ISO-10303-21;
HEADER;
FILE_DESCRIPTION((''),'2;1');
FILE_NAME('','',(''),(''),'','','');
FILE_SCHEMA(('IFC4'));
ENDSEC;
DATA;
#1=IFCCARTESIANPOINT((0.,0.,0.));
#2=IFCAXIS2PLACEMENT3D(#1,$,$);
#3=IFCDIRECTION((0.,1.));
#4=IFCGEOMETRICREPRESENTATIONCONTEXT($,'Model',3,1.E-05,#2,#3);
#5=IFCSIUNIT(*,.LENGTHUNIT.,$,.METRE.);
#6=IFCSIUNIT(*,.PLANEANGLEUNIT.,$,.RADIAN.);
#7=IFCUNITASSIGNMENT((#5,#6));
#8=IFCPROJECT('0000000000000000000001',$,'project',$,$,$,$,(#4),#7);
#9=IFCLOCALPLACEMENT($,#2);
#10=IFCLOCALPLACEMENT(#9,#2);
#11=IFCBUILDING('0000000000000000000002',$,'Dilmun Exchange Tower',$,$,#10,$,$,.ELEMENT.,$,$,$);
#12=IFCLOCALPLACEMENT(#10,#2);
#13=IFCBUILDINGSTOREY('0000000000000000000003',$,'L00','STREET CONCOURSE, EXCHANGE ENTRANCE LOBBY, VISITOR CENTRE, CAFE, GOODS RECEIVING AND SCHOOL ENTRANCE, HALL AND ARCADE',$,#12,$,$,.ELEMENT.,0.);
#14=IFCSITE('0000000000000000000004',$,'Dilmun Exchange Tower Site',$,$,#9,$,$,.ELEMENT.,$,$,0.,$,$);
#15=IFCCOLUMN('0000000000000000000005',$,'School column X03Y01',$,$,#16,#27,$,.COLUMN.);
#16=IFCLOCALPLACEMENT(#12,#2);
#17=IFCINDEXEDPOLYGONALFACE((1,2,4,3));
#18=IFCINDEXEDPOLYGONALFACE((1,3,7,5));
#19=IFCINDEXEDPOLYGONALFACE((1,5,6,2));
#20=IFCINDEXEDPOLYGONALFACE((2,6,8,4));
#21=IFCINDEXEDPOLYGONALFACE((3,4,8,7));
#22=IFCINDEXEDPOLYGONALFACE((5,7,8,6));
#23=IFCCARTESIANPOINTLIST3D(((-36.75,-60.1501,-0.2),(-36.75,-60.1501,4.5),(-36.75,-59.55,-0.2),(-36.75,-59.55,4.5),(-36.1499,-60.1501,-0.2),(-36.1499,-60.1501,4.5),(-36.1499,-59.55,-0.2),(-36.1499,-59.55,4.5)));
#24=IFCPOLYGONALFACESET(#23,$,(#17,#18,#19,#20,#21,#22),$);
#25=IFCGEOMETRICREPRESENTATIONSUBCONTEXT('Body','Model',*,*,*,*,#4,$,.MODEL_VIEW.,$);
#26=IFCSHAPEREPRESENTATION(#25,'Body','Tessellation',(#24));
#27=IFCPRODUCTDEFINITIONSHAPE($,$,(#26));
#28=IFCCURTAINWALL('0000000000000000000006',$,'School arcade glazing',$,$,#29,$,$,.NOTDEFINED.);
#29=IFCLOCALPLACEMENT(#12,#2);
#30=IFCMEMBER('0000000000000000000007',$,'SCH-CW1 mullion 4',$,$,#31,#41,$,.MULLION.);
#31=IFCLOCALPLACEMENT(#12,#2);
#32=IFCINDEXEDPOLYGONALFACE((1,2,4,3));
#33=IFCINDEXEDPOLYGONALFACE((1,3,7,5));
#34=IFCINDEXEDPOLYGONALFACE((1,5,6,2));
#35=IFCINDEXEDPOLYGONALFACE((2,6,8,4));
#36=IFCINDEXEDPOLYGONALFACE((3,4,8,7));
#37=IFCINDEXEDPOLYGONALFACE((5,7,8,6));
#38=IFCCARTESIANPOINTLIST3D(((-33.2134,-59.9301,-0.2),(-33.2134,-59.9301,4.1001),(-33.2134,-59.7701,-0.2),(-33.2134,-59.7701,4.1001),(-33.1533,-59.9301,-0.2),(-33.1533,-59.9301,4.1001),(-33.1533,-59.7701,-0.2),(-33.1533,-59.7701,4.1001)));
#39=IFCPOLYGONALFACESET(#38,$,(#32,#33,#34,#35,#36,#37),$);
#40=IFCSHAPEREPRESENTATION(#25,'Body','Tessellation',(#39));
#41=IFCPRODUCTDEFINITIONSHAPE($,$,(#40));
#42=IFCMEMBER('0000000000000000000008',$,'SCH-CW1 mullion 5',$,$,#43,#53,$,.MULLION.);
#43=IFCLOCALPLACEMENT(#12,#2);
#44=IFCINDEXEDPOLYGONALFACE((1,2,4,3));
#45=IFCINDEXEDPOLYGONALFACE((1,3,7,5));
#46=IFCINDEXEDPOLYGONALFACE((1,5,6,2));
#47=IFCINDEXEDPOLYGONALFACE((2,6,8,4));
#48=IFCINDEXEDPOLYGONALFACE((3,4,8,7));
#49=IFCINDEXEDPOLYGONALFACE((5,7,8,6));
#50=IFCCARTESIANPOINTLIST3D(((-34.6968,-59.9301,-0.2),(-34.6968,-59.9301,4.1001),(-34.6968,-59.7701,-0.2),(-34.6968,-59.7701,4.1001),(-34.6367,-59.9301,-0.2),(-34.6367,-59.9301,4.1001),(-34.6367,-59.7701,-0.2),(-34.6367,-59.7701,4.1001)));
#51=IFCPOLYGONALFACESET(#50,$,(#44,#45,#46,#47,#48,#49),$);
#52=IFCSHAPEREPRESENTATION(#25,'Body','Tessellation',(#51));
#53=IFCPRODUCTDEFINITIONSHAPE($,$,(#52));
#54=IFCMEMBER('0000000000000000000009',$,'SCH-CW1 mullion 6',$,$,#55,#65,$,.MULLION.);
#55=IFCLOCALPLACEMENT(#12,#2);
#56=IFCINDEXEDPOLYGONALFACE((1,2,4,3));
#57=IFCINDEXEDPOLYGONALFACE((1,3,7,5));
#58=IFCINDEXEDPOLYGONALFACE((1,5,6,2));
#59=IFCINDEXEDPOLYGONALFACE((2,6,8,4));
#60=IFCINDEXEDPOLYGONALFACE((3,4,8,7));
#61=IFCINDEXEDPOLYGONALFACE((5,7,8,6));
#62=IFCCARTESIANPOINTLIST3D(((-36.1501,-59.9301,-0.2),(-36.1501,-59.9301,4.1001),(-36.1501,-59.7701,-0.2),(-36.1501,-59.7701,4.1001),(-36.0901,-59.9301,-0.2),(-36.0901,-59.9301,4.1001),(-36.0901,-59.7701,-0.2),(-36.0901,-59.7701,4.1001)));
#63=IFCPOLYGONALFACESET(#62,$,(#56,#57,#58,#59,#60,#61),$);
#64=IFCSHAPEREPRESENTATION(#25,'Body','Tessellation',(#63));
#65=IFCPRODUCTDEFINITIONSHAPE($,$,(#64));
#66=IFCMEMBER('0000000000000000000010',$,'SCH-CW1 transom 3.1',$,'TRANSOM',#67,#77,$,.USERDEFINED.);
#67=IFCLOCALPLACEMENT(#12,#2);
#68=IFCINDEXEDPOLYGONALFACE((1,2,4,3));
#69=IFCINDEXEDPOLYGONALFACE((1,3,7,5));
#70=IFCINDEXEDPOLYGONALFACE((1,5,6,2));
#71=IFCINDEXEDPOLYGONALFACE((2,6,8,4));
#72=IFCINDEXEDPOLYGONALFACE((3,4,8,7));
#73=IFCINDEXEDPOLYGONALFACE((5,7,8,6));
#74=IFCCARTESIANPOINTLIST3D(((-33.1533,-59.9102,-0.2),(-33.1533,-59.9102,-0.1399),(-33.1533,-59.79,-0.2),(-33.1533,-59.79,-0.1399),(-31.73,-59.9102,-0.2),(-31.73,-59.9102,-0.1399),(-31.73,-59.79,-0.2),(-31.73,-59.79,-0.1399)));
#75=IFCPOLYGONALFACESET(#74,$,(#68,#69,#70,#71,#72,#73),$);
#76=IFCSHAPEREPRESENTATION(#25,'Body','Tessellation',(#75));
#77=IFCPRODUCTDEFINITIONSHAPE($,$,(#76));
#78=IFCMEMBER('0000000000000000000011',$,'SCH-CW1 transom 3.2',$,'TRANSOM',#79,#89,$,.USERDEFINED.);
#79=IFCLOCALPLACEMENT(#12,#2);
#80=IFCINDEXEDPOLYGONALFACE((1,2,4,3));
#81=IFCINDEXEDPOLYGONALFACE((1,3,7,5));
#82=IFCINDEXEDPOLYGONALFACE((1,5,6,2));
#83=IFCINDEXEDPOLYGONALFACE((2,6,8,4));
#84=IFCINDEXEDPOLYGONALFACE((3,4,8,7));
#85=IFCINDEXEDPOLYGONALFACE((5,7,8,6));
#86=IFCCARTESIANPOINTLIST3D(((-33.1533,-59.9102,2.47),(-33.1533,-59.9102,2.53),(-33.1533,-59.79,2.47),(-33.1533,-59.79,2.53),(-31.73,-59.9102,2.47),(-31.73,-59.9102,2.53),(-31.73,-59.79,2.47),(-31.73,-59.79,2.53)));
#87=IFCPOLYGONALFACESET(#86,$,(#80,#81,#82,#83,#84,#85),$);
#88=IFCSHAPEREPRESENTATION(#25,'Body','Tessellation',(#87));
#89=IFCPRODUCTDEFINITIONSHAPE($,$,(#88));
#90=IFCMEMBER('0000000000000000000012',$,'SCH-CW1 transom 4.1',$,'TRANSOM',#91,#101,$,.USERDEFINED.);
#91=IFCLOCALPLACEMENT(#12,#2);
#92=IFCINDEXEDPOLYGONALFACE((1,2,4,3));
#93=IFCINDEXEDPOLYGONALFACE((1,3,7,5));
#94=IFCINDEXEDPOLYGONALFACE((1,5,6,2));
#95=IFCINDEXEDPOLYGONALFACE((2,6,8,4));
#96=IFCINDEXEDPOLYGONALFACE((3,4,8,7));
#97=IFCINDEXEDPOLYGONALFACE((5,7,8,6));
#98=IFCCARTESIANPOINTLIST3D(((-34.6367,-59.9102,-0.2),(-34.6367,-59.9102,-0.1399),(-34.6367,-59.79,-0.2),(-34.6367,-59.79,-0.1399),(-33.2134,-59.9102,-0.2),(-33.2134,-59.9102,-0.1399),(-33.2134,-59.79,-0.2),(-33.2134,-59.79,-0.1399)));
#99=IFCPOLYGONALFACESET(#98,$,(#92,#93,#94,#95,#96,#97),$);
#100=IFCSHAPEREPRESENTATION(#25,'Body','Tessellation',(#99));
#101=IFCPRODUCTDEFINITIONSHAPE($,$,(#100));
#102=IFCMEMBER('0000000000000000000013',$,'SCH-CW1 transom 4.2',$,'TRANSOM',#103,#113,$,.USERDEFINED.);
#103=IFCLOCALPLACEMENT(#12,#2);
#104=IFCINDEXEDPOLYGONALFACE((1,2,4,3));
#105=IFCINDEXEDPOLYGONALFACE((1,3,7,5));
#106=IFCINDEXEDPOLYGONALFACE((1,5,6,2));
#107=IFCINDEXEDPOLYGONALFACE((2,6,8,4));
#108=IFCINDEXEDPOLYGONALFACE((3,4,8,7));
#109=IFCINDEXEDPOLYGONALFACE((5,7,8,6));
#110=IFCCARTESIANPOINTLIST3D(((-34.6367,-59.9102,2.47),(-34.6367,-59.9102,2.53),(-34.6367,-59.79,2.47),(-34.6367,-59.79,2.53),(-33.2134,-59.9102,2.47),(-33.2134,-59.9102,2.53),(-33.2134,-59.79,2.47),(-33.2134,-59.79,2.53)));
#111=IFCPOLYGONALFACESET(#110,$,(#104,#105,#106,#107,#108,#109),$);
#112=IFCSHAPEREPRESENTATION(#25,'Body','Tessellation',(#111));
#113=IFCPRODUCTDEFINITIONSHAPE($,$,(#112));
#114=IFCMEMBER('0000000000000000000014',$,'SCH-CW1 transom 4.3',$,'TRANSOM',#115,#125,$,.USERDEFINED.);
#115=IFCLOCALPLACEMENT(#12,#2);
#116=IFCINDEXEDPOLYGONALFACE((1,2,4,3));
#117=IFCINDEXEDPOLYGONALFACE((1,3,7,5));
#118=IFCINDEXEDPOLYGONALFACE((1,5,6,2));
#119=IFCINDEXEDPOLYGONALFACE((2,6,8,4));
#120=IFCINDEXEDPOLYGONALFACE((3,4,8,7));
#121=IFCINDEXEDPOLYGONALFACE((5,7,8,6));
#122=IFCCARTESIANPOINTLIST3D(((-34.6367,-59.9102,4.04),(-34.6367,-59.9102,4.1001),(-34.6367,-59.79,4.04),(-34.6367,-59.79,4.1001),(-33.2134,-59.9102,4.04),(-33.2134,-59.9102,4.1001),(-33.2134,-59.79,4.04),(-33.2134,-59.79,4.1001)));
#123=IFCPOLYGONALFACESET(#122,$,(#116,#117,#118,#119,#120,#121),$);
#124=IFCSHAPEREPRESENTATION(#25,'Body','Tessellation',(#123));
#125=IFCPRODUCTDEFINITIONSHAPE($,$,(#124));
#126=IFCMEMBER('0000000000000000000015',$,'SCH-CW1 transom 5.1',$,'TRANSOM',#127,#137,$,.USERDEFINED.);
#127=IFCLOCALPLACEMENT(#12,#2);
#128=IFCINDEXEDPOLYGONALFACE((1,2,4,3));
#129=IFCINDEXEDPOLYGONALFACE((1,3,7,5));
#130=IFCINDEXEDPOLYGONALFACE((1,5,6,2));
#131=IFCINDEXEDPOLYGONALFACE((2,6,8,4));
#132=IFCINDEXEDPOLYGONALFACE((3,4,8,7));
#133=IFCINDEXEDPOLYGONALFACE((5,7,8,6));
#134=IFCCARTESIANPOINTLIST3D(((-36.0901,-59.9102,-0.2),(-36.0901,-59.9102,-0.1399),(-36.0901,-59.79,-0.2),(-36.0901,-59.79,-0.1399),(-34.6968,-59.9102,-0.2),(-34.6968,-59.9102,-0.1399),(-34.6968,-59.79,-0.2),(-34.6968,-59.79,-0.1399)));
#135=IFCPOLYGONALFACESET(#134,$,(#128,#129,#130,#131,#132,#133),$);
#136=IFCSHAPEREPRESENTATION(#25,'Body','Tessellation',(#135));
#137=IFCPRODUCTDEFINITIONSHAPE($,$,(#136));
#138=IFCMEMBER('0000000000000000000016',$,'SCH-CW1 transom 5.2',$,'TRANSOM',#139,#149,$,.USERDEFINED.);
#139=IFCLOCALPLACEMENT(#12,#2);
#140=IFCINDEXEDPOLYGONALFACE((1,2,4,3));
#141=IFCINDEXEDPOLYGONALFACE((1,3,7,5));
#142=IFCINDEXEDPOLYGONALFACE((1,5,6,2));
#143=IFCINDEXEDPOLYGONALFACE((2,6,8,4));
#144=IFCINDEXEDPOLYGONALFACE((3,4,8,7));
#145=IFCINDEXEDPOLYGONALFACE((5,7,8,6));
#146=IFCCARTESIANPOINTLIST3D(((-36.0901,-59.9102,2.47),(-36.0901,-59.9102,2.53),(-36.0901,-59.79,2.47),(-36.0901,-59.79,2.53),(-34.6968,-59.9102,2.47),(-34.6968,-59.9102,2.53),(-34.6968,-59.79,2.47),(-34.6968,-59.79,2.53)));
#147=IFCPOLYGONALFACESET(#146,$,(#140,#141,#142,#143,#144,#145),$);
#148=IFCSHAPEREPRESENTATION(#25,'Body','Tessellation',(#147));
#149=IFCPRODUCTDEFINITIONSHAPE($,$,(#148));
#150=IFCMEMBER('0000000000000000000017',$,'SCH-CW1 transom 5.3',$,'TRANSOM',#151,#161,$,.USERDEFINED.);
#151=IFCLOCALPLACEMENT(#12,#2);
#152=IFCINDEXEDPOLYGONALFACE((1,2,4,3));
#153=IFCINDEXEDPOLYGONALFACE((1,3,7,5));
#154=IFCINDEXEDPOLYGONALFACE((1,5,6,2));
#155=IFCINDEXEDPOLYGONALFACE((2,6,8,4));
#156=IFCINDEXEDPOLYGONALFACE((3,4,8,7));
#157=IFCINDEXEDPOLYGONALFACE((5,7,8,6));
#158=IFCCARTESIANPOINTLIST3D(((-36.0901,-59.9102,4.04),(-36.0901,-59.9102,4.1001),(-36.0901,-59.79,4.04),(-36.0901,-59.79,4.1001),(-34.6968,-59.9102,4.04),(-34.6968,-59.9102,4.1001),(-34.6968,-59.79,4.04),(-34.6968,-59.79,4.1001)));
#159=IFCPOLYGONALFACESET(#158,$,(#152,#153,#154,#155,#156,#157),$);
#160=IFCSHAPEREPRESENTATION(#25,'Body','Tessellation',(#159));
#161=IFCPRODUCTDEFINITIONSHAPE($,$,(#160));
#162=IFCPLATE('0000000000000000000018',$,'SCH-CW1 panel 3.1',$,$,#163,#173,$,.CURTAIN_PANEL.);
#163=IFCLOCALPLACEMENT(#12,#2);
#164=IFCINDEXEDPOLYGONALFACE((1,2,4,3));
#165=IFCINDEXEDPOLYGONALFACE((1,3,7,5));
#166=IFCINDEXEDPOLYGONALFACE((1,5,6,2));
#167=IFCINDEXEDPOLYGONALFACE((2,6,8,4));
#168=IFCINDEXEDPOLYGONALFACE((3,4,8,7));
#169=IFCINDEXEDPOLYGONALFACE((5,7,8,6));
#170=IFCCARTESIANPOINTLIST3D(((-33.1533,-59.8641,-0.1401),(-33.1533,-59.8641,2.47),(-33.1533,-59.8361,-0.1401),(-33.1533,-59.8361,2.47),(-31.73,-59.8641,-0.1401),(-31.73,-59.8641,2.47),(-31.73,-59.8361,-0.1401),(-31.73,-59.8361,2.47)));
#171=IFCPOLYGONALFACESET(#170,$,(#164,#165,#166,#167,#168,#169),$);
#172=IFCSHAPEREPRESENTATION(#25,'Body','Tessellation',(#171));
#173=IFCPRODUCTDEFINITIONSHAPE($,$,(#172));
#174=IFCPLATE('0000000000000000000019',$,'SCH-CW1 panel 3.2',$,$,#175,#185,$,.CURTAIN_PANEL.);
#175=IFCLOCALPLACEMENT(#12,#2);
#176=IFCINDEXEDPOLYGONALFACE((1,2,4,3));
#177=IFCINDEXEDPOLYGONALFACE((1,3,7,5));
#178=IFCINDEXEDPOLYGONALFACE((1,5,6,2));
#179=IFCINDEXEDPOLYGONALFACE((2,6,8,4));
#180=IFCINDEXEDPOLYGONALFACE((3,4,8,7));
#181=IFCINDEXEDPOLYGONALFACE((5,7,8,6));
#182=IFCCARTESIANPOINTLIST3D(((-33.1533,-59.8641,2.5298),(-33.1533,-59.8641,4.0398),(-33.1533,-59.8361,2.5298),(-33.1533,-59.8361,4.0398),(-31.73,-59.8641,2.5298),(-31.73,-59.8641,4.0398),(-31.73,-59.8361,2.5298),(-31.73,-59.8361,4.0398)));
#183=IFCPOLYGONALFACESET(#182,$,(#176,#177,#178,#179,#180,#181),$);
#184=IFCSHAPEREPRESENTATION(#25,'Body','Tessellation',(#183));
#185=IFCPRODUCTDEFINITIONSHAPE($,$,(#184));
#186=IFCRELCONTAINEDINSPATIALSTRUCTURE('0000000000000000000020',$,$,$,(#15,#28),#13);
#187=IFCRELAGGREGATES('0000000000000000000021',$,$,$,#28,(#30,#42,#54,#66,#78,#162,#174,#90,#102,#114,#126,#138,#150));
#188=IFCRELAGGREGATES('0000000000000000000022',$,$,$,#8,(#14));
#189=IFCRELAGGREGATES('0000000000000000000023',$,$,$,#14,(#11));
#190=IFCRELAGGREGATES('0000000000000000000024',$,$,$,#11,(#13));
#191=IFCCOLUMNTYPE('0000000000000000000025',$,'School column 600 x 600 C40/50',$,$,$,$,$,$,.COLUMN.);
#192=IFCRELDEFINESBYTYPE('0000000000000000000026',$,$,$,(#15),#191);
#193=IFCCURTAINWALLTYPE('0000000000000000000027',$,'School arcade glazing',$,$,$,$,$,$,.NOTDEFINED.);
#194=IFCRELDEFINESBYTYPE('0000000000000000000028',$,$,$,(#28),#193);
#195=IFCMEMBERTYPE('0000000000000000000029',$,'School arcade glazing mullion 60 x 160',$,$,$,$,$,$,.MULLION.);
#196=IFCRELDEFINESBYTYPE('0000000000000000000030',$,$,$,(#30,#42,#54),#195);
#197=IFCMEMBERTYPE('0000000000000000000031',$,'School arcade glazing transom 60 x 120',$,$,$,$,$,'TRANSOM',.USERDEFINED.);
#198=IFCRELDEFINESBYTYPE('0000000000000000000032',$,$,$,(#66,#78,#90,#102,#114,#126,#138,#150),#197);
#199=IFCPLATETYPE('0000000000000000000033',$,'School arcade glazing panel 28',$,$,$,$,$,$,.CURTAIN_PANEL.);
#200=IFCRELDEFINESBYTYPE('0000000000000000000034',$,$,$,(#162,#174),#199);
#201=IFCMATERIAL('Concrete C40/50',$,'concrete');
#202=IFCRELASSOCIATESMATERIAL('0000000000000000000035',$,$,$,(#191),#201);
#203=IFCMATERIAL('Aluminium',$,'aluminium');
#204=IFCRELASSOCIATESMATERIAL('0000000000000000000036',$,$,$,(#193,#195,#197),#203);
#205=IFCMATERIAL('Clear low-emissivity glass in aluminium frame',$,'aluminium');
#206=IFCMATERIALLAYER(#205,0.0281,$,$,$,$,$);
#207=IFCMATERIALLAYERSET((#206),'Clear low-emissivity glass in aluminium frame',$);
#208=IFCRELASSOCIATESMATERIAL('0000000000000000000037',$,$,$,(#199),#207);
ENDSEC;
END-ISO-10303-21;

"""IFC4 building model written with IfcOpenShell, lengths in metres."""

from ifc_helpers import new_model, si_unit, direction, frame, origin, origin_2d, place, context, subcontext, project, spatial, rectangle, extrude, material, layer, layer_set, material_profile, profile_set, type_object, element, aggregate, save


model = new_model("IFC4")

# Units and contexts
model_context = context("Model", 3, precision=1e-05, world=origin(), true_north=direction((0.0, 1.0)))
body_context = subcontext(model_context, "Body", "Model", "MODEL_VIEW")
ifc_project = project(units=[si_unit("LENGTHUNIT", "METRE"), si_unit("PLANEANGLEUNIT", "RADIAN")], contexts=[model_context])

# Site, building, storey
site_placement = place(None, origin())
site = spatial("IfcSite", under=ifc_project, at=site_placement, Name="Dilmun Exchange Tower Site", CompositionType="ELEMENT", RefElevation=0.0)
building_placement = place(site_placement, origin())
building = spatial("IfcBuilding", under=site, at=building_placement, Name="Dilmun Exchange Tower", CompositionType="ELEMENT")
storey_placement = place(building_placement, origin())
storey = spatial("IfcBuildingStorey", under=building, at=storey_placement, Name="L00", Description="STREET CONCOURSE, EXCHANGE ENTRANCE LOBBY, VISITOR CENTRE, CAFE, GOODS RECEIVING AND SCHOOL ENTRANCE, HALL AND ARCADE", CompositionType="ELEMENT", Elevation=0.0)

# Column
ifc_material_1 = material(Name="Concrete C40/50", Category="concrete")
ifc_material_profile_1 = material_profile(ifc_material_1, rectangle(XDim=0.6001, YDim=0.6001, at=origin_2d()), Name="600 x 600")
ifc_profile_set_1 = profile_set([ifc_material_profile_1], Name="Concrete C40/50")
column_type = type_object("IfcColumnType", Name="School column 600 x 600 C40/50", PredefinedType="COLUMN", material=ifc_profile_set_1)
column_placement = place(storey_placement, frame((-36.45, -59.8501, -0.2), z_axis=(0.0, 0.0, 1.0), x_axis=(1.0, 0.0, 0.0)))
element("IfcColumn", 1, at=column_placement, inside=storey, type_object=column_type, Name="School column X03Y01", PredefinedType="COLUMN", context=body_context, shape_type="SweptSolid", body=[
    extrude(rectangle(XDim=0.6001, YDim=0.6001, at=origin_2d()), origin(), (0.0, 0.0, 1.0), 4.7),
])

# Curtain wall, members, plates
ifc_material_2 = material(Name="Aluminium", Category="aluminium")
curtain_wall_type = type_object("IfcCurtainWallType", Name="School arcade glazing", PredefinedType="NOTDEFINED", material=ifc_material_2)
curtain_wall_placement = place(storey_placement, origin())
curtain_wall = element("IfcCurtainWall", 2, at=curtain_wall_placement, inside=storey, type_object=curtain_wall_type, Name="School arcade glazing", PredefinedType="NOTDEFINED")
ifc_material_profile_2 = material_profile(ifc_material_2, rectangle(XDim=0.1599, YDim=0.0601, at=origin_2d()), Name="60 x 160")
ifc_profile_set_2 = profile_set([ifc_material_profile_2], Name="Aluminium")
member_type_1 = type_object("IfcMemberType", Name="School arcade glazing mullion 60 x 160", PredefinedType="MULLION", material=ifc_profile_set_2)
member_1_placement = place(storey_placement, frame((-33.1833, -59.8501, -0.2), z_axis=(0.0, 0.0, 1.0), x_axis=(0.0, -1.0, 0.0)))
member_1 = element("IfcMember", 3, at=member_1_placement, type_object=member_type_1, Name="SCH-CW1 mullion 4", PredefinedType="MULLION", context=body_context, shape_type="SweptSolid", body=[
    extrude(rectangle(XDim=0.1599, YDim=0.0601, at=origin_2d()), origin(), (0.0, 0.0, 1.0), 4.3),
])
member_2_placement = place(storey_placement, frame((-34.6667, -59.8501, -0.2), z_axis=(0.0, 0.0, 1.0), x_axis=(0.0, -1.0, 0.0)))
member_2 = element("IfcMember", 4, at=member_2_placement, type_object=member_type_1, Name="SCH-CW1 mullion 5", PredefinedType="MULLION", context=body_context, shape_type="SweptSolid", body=[
    extrude(rectangle(XDim=0.1599, YDim=0.0601, at=origin_2d()), origin(), (0.0, 0.0, 1.0), 4.3),
])
member_3_placement = place(storey_placement, frame((-36.1201, -59.8501, -0.2), z_axis=(0.0, 0.0, 1.0), x_axis=(0.0, -1.0, 0.0)))
member_3 = element("IfcMember", 5, at=member_3_placement, type_object=member_type_1, Name="SCH-CW1 mullion 6", PredefinedType="MULLION", context=body_context, shape_type="SweptSolid", body=[
    extrude(rectangle(XDim=0.1599, YDim=0.0601, at=origin_2d()), origin(), (0.0, 0.0, 1.0), 4.3),
])
ifc_material_profile_3 = material_profile(ifc_material_2, rectangle(XDim=0.1201, YDim=0.0601, at=origin_2d()), Name="60 x 120")
ifc_profile_set_3 = profile_set([ifc_material_profile_3], Name="Aluminium")
member_type_2 = type_object("IfcMemberType", Name="School arcade glazing transom 60 x 120", ElementType="TRANSOM", PredefinedType="USERDEFINED", material=ifc_profile_set_3)
member_4_placement = place(storey_placement, frame((-31.73, -59.8501, -0.1699), z_axis=(-1.0, 0.0, 0.0), x_axis=(0.0, -1.0, 0.0)))
member_4 = element("IfcMember", 6, at=member_4_placement, type_object=member_type_2, Name="SCH-CW1 transom 3.1", ObjectType="TRANSOM", PredefinedType="USERDEFINED", context=body_context, shape_type="SweptSolid", body=[
    extrude(rectangle(XDim=0.1201, YDim=0.0601, at=origin_2d()), origin(), (0.0, 0.0, 1.0), 1.4233),
])
member_5_placement = place(storey_placement, frame((-31.73, -59.8501, 2.5), z_axis=(-1.0, 0.0, 0.0), x_axis=(0.0, -1.0, 0.0)))
member_5 = element("IfcMember", 7, at=member_5_placement, type_object=member_type_2, Name="SCH-CW1 transom 3.2", ObjectType="TRANSOM", PredefinedType="USERDEFINED", context=body_context, shape_type="SweptSolid", body=[
    extrude(rectangle(XDim=0.1201, YDim=0.0601, at=origin_2d()), origin(), (0.0, 0.0, 1.0), 1.4233),
])
member_6_placement = place(storey_placement, frame((-33.2134, -59.8501, -0.1699), z_axis=(-1.0, 0.0, 0.0), x_axis=(0.0, -1.0, 0.0)))
member_6 = element("IfcMember", 8, at=member_6_placement, type_object=member_type_2, Name="SCH-CW1 transom 4.1", ObjectType="TRANSOM", PredefinedType="USERDEFINED", context=body_context, shape_type="SweptSolid", body=[
    extrude(rectangle(XDim=0.1201, YDim=0.0601, at=origin_2d()), origin(), (0.0, 0.0, 1.0), 1.4233),
])
member_7_placement = place(storey_placement, frame((-33.2134, -59.8501, 2.5), z_axis=(-1.0, 0.0, 0.0), x_axis=(0.0, -1.0, 0.0)))
member_7 = element("IfcMember", 9, at=member_7_placement, type_object=member_type_2, Name="SCH-CW1 transom 4.2", ObjectType="TRANSOM", PredefinedType="USERDEFINED", context=body_context, shape_type="SweptSolid", body=[
    extrude(rectangle(XDim=0.1201, YDim=0.0601, at=origin_2d()), origin(), (0.0, 0.0, 1.0), 1.4233),
])
member_8_placement = place(storey_placement, frame((-33.2134, -59.8501, 4.0701), z_axis=(-1.0, 0.0, 0.0), x_axis=(0.0, -1.0, 0.0)))
member_8 = element("IfcMember", 10, at=member_8_placement, type_object=member_type_2, Name="SCH-CW1 transom 4.3", ObjectType="TRANSOM", PredefinedType="USERDEFINED", context=body_context, shape_type="SweptSolid", body=[
    extrude(rectangle(XDim=0.1201, YDim=0.0601, at=origin_2d()), origin(), (0.0, 0.0, 1.0), 1.4233),
])
member_9_placement = place(storey_placement, frame((-34.6968, -59.8501, -0.1699), z_axis=(-1.0, 0.0, 0.0), x_axis=(0.0, -1.0, 0.0)))
member_9 = element("IfcMember", 11, at=member_9_placement, type_object=member_type_2, Name="SCH-CW1 transom 5.1", ObjectType="TRANSOM", PredefinedType="USERDEFINED", context=body_context, shape_type="SweptSolid", body=[
    extrude(rectangle(XDim=0.1201, YDim=0.0601, at=origin_2d()), origin(), (0.0, 0.0, 1.0), 1.3933),
])
member_10_placement = place(storey_placement, frame((-34.6968, -59.8501, 2.5), z_axis=(-1.0, 0.0, 0.0), x_axis=(0.0, -1.0, 0.0)))
member_10 = element("IfcMember", 12, at=member_10_placement, type_object=member_type_2, Name="SCH-CW1 transom 5.2", ObjectType="TRANSOM", PredefinedType="USERDEFINED", context=body_context, shape_type="SweptSolid", body=[
    extrude(rectangle(XDim=0.1201, YDim=0.0601, at=origin_2d()), origin(), (0.0, 0.0, 1.0), 1.3933),
])
member_11_placement = place(storey_placement, frame((-34.6968, -59.8501, 4.0701), z_axis=(-1.0, 0.0, 0.0), x_axis=(0.0, -1.0, 0.0)))
member_11 = element("IfcMember", 13, at=member_11_placement, type_object=member_type_2, Name="SCH-CW1 transom 5.3", ObjectType="TRANSOM", PredefinedType="USERDEFINED", context=body_context, shape_type="SweptSolid", body=[
    extrude(rectangle(XDim=0.1201, YDim=0.0601, at=origin_2d()), origin(), (0.0, 0.0, 1.0), 1.3933),
])
ifc_material_3 = material(Name="Clear low-emissivity glass in aluminium frame", Category="aluminium")
ifc_layer_1 = layer(ifc_material_3, 0.0281)
ifc_layer_set_1 = layer_set([ifc_layer_1], Name="Clear low-emissivity glass in aluminium frame")
plate_type = type_object("IfcPlateType", Name="School arcade glazing panel 28", PredefinedType="CURTAIN_PANEL", material=ifc_layer_set_1)
plate_1_placement = place(storey_placement, frame((-32.4417, -59.8501, -0.1401), z_axis=(0.0, 0.0, 1.0), x_axis=(-1.0, 0.0, 0.0)))
plate_1 = element("IfcPlate", 14, at=plate_1_placement, type_object=plate_type, Name="SCH-CW1 panel 3.1", PredefinedType="CURTAIN_PANEL", context=body_context, shape_type="SweptSolid", body=[
    extrude(rectangle(XDim=1.4233, YDim=0.0281, at=origin_2d()), origin(), (0.0, 0.0, 1.0), 2.6101),
])
plate_2_placement = place(storey_placement, frame((-32.4417, -59.8501, 2.5298), z_axis=(0.0, 0.0, 1.0), x_axis=(-1.0, 0.0, 0.0)))
plate_2 = element("IfcPlate", 15, at=plate_2_placement, type_object=plate_type, Name="SCH-CW1 panel 3.2", PredefinedType="CURTAIN_PANEL", context=body_context, shape_type="SweptSolid", body=[
    extrude(rectangle(XDim=1.4233, YDim=0.0281, at=origin_2d()), origin(), (0.0, 0.0, 1.0), 1.51),
])
aggregate(curtain_wall, [member_1, member_2, member_3, member_4, member_5, plate_1, plate_2, member_6, member_7, member_8, member_9, member_10, member_11])

save(model, "model.ifc")
